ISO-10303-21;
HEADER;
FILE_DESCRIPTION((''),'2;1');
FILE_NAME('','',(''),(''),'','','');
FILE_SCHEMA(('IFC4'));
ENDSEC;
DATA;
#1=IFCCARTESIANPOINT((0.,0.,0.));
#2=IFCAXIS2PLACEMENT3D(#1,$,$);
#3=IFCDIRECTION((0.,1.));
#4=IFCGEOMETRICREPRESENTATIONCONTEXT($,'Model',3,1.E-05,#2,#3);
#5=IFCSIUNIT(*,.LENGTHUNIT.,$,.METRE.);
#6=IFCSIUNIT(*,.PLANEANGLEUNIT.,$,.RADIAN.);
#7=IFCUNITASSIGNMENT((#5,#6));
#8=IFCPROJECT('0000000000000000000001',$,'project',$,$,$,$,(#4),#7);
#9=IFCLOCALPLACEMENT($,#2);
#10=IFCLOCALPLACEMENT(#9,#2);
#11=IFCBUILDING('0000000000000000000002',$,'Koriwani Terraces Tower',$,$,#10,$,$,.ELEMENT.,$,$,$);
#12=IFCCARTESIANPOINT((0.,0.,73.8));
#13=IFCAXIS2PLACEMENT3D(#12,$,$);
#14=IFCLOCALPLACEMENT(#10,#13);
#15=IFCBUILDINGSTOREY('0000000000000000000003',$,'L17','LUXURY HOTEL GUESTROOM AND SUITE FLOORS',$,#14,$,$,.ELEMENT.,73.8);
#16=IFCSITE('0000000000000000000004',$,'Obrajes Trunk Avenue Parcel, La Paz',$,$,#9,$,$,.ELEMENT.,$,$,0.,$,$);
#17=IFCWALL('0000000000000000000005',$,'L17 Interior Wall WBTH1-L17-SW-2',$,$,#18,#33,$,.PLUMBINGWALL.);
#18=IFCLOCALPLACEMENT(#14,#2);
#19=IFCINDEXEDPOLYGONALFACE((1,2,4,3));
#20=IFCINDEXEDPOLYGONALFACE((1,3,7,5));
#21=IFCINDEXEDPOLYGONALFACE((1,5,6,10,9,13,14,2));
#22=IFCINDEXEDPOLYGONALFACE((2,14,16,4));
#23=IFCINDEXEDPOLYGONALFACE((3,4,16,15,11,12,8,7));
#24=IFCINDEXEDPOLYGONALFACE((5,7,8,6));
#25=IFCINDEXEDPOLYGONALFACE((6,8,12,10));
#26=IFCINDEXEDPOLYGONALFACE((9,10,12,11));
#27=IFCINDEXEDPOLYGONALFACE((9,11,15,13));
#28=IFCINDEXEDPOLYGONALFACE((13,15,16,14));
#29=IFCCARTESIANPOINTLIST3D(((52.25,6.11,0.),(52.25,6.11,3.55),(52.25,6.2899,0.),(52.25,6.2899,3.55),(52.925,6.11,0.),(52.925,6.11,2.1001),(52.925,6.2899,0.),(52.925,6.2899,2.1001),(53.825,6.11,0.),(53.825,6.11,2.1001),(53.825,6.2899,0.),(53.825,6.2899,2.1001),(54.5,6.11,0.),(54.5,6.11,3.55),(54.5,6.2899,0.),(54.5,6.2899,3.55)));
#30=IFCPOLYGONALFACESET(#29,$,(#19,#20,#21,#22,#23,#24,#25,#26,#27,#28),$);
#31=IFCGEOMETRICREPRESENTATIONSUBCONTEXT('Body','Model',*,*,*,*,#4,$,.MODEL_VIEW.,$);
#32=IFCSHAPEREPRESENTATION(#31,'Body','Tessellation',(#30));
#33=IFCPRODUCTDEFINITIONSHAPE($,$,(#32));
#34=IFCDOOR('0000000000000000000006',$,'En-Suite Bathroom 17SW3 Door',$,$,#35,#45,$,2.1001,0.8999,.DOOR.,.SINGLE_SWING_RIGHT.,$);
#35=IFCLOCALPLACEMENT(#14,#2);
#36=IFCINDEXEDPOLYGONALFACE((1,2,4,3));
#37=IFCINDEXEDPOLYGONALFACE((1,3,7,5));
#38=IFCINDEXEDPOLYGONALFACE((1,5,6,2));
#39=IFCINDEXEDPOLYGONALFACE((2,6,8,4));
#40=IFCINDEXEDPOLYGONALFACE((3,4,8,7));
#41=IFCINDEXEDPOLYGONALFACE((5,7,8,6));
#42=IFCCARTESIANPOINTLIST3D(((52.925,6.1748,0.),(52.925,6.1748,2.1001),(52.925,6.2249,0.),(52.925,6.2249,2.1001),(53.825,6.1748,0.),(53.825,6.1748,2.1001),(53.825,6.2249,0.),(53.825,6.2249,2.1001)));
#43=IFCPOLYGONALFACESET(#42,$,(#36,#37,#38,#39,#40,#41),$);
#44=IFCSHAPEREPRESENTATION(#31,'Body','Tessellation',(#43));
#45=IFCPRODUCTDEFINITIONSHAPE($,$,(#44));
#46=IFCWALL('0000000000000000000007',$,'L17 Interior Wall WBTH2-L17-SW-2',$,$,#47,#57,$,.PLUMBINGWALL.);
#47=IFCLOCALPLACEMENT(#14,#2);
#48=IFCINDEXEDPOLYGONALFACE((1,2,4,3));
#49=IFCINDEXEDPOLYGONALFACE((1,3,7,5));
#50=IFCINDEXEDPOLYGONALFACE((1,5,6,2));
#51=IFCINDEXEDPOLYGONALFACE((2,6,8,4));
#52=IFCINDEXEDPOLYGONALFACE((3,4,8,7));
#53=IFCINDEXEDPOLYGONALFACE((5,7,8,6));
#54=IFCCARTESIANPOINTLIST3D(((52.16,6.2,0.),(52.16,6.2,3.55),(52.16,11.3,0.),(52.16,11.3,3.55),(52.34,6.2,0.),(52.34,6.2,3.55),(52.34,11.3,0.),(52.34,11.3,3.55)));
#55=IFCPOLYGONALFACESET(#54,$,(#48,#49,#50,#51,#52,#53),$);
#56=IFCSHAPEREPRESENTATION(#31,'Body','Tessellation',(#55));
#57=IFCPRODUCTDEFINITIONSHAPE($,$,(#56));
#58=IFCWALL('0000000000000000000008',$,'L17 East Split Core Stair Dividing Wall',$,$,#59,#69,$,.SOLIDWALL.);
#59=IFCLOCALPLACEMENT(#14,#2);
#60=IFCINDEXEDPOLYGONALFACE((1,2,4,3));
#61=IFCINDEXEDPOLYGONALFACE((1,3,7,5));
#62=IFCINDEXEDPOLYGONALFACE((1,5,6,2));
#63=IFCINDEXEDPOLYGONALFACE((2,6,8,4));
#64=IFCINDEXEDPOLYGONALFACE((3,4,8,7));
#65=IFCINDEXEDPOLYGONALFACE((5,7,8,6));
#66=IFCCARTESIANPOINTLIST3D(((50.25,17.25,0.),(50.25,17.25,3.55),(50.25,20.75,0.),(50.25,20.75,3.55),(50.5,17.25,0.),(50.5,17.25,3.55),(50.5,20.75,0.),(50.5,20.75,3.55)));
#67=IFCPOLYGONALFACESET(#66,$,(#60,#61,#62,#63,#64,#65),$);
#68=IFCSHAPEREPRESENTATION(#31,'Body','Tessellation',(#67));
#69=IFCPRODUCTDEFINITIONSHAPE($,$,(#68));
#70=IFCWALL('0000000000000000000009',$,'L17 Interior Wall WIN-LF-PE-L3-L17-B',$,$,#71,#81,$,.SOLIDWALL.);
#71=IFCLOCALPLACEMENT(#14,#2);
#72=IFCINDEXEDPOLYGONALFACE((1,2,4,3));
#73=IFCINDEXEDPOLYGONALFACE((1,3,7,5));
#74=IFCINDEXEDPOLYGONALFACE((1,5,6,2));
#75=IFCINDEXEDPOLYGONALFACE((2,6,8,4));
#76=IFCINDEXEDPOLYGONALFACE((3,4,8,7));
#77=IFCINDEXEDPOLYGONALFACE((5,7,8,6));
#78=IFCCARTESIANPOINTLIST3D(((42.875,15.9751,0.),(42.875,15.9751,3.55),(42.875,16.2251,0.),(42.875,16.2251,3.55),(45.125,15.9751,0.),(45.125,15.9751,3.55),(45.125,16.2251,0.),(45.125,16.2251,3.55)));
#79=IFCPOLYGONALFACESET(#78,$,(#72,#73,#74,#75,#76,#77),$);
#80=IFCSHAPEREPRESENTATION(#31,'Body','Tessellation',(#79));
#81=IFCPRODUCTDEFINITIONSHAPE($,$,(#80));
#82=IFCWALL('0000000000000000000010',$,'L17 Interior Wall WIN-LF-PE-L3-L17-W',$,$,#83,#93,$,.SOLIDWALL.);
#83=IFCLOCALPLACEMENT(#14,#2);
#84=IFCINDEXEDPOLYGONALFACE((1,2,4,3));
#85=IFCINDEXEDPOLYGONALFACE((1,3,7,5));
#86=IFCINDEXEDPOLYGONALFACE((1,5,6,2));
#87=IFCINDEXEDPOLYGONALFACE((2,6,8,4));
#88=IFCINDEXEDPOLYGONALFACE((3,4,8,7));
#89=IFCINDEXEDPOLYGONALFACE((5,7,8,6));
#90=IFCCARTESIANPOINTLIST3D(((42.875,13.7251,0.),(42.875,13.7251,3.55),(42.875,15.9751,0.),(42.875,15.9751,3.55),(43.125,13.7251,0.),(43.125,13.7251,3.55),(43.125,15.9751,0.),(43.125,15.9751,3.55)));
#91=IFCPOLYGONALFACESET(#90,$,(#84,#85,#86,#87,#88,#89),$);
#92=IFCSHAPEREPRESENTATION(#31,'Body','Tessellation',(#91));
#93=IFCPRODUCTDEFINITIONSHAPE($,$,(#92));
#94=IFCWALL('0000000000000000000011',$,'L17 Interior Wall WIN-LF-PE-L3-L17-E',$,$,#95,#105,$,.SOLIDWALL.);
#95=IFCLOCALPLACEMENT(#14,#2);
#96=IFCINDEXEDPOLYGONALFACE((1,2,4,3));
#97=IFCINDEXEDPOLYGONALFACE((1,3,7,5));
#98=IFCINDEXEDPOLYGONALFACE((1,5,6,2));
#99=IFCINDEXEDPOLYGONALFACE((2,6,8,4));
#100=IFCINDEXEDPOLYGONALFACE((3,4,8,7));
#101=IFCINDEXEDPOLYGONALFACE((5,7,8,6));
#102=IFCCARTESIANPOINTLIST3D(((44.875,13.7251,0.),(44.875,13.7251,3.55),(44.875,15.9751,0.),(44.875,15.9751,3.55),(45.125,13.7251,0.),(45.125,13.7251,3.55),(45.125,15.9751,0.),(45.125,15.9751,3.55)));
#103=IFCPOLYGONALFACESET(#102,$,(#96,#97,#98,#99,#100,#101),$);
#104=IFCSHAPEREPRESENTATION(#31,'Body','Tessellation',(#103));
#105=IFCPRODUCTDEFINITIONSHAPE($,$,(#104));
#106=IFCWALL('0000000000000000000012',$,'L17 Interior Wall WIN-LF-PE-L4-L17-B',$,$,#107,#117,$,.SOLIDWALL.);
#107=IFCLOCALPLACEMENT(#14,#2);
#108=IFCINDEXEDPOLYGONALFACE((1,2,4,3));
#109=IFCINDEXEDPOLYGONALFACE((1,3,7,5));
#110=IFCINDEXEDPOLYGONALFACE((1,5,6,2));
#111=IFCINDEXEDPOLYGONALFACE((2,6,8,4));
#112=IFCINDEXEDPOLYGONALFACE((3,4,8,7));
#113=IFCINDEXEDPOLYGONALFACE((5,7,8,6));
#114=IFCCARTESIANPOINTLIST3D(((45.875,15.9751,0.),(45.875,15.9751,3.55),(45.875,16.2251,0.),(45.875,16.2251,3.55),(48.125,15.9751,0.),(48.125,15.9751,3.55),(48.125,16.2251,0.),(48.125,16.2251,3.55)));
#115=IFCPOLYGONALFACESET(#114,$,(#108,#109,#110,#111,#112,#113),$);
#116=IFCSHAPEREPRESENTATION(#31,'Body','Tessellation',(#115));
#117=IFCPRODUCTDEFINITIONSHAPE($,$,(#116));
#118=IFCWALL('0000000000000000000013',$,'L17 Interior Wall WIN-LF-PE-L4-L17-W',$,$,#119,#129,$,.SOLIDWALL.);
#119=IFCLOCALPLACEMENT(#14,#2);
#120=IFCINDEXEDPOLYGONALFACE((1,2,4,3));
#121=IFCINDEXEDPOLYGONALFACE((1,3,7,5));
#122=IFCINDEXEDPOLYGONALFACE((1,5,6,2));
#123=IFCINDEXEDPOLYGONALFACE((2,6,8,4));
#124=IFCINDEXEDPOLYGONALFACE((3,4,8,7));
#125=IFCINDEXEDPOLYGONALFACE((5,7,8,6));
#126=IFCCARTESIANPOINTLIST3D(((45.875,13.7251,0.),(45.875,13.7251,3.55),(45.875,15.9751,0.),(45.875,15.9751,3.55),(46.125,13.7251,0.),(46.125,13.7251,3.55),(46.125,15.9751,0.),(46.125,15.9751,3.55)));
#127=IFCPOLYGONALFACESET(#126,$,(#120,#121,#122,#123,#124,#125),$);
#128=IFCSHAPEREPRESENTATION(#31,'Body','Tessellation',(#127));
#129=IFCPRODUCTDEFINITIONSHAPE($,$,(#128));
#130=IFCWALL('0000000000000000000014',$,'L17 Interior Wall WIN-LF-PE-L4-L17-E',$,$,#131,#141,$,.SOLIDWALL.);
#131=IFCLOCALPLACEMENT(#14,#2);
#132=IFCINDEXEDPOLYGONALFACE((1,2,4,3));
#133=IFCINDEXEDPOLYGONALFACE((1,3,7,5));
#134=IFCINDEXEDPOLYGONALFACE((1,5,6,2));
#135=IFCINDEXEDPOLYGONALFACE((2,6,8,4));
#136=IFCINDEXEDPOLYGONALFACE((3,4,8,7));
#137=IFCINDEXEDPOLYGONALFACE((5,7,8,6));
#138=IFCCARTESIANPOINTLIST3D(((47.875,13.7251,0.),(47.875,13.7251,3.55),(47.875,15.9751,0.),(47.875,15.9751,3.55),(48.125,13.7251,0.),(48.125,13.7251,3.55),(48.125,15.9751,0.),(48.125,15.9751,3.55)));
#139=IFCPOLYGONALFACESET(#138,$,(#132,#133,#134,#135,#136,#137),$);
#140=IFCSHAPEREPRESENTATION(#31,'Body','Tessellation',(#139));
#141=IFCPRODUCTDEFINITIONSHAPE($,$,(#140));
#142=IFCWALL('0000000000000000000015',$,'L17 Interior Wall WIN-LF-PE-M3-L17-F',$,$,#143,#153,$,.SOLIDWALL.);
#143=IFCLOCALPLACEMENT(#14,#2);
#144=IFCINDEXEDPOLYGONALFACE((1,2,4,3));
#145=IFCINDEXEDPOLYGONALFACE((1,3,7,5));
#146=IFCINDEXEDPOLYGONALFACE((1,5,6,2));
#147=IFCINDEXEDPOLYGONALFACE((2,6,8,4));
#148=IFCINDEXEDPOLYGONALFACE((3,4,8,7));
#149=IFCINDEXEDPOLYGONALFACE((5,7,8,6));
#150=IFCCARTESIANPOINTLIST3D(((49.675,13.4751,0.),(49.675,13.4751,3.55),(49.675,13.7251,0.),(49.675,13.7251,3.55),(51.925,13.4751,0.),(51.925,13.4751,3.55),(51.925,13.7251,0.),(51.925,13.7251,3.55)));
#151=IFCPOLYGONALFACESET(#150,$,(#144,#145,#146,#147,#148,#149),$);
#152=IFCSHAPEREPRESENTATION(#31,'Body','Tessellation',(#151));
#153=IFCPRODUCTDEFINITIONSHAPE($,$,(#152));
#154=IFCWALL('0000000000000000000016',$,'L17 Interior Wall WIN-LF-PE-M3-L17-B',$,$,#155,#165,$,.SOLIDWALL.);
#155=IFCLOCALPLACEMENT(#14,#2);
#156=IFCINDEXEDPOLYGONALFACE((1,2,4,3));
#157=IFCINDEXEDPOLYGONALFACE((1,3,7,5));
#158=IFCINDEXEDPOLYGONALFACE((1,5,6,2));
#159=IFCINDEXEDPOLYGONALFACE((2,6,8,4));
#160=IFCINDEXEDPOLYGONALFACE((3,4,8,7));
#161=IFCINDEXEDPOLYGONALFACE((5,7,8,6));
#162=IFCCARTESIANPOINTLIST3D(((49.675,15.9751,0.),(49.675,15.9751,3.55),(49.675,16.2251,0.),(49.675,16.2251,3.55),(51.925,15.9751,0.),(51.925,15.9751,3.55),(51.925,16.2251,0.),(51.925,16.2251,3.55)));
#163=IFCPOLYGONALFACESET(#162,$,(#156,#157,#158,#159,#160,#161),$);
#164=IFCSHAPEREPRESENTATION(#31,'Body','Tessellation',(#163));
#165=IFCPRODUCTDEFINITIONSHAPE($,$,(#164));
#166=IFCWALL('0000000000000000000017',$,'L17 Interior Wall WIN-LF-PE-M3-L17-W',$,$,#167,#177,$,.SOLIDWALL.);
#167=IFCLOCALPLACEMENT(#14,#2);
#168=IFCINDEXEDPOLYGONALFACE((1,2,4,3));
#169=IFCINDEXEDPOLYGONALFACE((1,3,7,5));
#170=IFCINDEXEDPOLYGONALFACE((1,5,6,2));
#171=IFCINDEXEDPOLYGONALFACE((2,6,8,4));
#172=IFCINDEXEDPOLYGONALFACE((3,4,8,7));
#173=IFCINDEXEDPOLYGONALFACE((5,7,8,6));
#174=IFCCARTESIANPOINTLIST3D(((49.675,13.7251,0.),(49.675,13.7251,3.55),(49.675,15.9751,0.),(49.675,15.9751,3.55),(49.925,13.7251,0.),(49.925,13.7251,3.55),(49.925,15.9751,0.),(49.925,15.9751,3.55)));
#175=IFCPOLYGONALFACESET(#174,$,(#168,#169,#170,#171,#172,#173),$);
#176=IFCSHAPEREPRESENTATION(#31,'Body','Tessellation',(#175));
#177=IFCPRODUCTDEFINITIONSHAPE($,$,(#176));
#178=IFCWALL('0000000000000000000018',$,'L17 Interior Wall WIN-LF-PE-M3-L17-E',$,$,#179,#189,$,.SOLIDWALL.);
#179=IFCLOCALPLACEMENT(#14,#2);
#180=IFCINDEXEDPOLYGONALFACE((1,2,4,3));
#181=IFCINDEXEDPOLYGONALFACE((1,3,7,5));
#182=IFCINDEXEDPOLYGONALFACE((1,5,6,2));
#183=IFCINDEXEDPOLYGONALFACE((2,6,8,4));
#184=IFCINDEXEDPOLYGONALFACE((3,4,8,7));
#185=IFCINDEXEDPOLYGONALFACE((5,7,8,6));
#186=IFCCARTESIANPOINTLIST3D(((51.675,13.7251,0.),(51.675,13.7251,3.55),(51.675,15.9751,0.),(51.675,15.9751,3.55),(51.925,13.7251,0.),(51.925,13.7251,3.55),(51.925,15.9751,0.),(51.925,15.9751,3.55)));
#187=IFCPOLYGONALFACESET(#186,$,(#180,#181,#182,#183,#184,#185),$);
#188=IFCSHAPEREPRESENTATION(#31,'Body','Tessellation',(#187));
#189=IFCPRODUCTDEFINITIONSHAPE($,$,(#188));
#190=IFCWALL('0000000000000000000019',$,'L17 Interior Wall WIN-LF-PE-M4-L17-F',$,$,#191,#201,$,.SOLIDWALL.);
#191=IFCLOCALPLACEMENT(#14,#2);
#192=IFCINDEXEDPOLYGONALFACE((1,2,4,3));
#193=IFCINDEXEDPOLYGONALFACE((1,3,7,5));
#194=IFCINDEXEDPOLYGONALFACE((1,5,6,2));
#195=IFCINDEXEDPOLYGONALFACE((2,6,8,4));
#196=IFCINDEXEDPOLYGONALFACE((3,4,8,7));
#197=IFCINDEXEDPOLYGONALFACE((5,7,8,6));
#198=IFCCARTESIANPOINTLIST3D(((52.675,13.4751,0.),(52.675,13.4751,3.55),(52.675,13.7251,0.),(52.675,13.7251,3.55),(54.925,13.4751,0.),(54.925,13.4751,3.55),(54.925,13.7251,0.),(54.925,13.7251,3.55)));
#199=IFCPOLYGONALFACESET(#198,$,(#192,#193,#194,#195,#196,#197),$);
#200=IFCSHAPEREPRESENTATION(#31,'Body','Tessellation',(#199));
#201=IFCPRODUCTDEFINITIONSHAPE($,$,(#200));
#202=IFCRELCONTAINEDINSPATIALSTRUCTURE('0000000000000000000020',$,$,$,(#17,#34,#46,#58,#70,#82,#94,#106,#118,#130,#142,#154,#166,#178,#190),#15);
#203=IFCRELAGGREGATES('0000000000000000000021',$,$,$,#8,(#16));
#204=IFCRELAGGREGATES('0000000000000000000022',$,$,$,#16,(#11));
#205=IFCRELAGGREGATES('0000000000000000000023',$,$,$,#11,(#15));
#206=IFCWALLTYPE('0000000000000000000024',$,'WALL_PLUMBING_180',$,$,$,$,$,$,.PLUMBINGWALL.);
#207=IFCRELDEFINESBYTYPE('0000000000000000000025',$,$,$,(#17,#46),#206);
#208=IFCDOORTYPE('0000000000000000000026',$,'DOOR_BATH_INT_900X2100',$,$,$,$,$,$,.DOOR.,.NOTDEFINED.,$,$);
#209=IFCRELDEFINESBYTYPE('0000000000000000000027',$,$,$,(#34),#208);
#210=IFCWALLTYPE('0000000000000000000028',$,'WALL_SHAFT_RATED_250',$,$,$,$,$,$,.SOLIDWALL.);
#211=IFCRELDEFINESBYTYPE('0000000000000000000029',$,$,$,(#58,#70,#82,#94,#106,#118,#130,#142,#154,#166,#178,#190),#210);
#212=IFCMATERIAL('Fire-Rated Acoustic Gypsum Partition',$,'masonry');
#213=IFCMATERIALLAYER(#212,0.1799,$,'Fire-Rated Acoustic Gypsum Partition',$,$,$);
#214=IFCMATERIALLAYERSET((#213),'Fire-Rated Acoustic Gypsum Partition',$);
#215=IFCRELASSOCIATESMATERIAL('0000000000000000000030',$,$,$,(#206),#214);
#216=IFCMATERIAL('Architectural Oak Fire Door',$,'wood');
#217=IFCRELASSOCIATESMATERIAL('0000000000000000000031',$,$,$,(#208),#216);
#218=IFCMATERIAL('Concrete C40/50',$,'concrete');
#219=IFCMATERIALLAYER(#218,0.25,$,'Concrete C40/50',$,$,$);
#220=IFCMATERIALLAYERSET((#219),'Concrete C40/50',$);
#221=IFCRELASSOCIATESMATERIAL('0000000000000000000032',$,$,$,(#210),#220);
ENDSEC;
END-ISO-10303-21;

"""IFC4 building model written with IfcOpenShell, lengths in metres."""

from ifc_helpers import new_model, si_unit, direction, frame, frame_2d, origin, place, context, subcontext, project, spatial, rectangle, extrude, material, layer, layer_set, type_object, element, fill, save


model = new_model("IFC4")

# Units and contexts
model_context = context("Model", 3, precision=1e-05, world=origin(), true_north=direction((0.0, 1.0)))
body_context = subcontext(model_context, "Body", "Model", "MODEL_VIEW")
ifc_project = project(units=[si_unit("LENGTHUNIT", "METRE"), si_unit("PLANEANGLEUNIT", "RADIAN")], contexts=[model_context])

# Site, building, storey
site_placement = place(None, origin())
site = spatial("IfcSite", under=ifc_project, at=site_placement, Name="Obrajes Trunk Avenue Parcel, La Paz", CompositionType="ELEMENT", RefElevation=0.0)
building_placement = place(site_placement, origin())
building = spatial("IfcBuilding", under=site, at=building_placement, Name="Koriwani Terraces Tower", CompositionType="ELEMENT")
storey_placement = place(building_placement, frame((0.0, 0.0, 73.8)))
storey = spatial("IfcBuildingStorey", under=building, at=storey_placement, Name="L17", Description="LUXURY HOTEL GUESTROOM AND SUITE FLOORS", CompositionType="ELEMENT", Elevation=73.8)

# Shared definitions
ifc_material_1 = material(Name="Concrete C40/50", Category="concrete")

# Wall, opening, door
ifc_material_2 = material(Name="Fire-Rated Acoustic Gypsum Partition", Category="masonry")
ifc_layer_1 = layer(ifc_material_2, 0.1799, Name="Fire-Rated Acoustic Gypsum Partition")
ifc_layer_set_1 = layer_set([ifc_layer_1], Name="Fire-Rated Acoustic Gypsum Partition")
wall_type_1 = type_object("IfcWallType", Name="WALL_PLUMBING_180", PredefinedType="PLUMBINGWALL", material=ifc_layer_set_1)
wall_1_placement = place(storey_placement, frame((52.25, 6.2, 0.0), z_axis=(0.0, 0.0, 1.0), x_axis=(1.0, 0.0, 0.0)))
wall_1 = element("IfcWall", 1, at=wall_1_placement, inside=storey, type_object=wall_type_1, Name="L17 Interior Wall WBTH1-L17-SW-2", PredefinedType="PLUMBINGWALL", context=body_context, shape_type="SweptSolid", body=[
    extrude(rectangle(XDim=2.25, YDim=0.1799, at=frame_2d((1.125, 0.0))), origin(), (0.0, 0.0, 1.0), 3.55),
])
opening_1_placement = place(wall_1_placement, frame((0.675, 0.0, 0.0)))
opening_1 = element("IfcOpeningElement", 2, at=opening_1_placement, cuts=wall_1, PredefinedType="OPENING", context=body_context, shape_type="SweptSolid", body=[
    extrude(rectangle(XDim=0.8999, YDim=2.1001, at=frame_2d((0.45, 1.05))), frame((0.0, 0.1001, 0.0), z_axis=(0.0, -1.0, 0.0), x_axis=(1.0, 0.0, 0.0)), (0.0, 0.0, 1.0), 0.2),
])
ifc_material_3 = material(Name="Architectural Oak Fire Door", Category="wood")
door_type_1 = type_object("IfcDoorType", Name="DOOR_BATH_INT_900X2100", OperationType="NOTDEFINED", PredefinedType="DOOR", material=ifc_material_3)
door_1_placement = place(opening_1_placement, origin())
door_1 = element("IfcDoor", 3, at=door_1_placement, inside=storey, type_object=door_type_1, Name="En-Suite Bathroom 17SW3 Door", OperationType="SINGLE_SWING_RIGHT", OverallHeight=2.1001, OverallWidth=0.8999, PredefinedType="DOOR", context=body_context, shape_type="SweptSolid", body=[
    extrude(rectangle(XDim=0.8999, YDim=2.1001, at=frame_2d((0.45, 1.05))), frame((0.0, 0.0249, 0.0), z_axis=(0.0, -1.0, 0.0), x_axis=(1.0, 0.0, 0.0)), (0.0, 0.0, 1.0), 0.05),
])
fill(opening_1, door_1)

# Walls
wall_2_placement = place(storey_placement, frame((52.25, 6.2, 0.0), z_axis=(0.0, 0.0, 1.0), x_axis=(0.0, 1.0, 0.0)))
element("IfcWall", 4, at=wall_2_placement, inside=storey, type_object=wall_type_1, Name="L17 Interior Wall WBTH2-L17-SW-2", PredefinedType="PLUMBINGWALL", context=body_context, shape_type="SweptSolid", body=[
    extrude(rectangle(XDim=5.1001, YDim=0.1799, at=frame_2d((2.55, 0.0))), origin(), (0.0, 0.0, 1.0), 3.55),
])
ifc_layer_2 = layer(ifc_material_1, 0.25, Name="Concrete C40/50")
ifc_layer_set_2 = layer_set([ifc_layer_2], Name="Concrete C40/50")
wall_type_2 = type_object("IfcWallType", Name="WALL_SHAFT_RATED_250", PredefinedType="SOLIDWALL", material=ifc_layer_set_2)
wall_3_placement = place(storey_placement, frame((50.375, 17.25, 0.0), z_axis=(0.0, 0.0, 1.0), x_axis=(0.0, 1.0, 0.0)))
element("IfcWall", 5, at=wall_3_placement, inside=storey, type_object=wall_type_2, Name="L17 East Split Core Stair Dividing Wall", PredefinedType="SOLIDWALL", context=body_context, shape_type="SweptSolid", body=[
    extrude(rectangle(XDim=3.5, YDim=0.25, at=frame_2d((1.75, 0.0))), origin(), (0.0, 0.0, 1.0), 3.55),
])

# Walls
for number, where, z_axis, x_axis, name in (
    (6, (42.875, 16.1001, 0.0), (0.0, 0.0, 1.0), (1.0, 0.0, 0.0), "L17 Interior Wall WIN-LF-PE-L3-L17-B"),
    (7, (43.0, 13.7251, 0.0), (0.0, 0.0, 1.0), (0.0, 1.0, 0.0), "L17 Interior Wall WIN-LF-PE-L3-L17-W"),
    (8, (45.0, 13.7251, 0.0), (0.0, 0.0, 1.0), (0.0, 1.0, 0.0), "L17 Interior Wall WIN-LF-PE-L3-L17-E"),
):
    element("IfcWall", number, at=place(storey_placement, frame(where, z_axis=z_axis, x_axis=x_axis)), inside=storey, type_object=wall_type_2, Name=name, PredefinedType="SOLIDWALL", context=body_context, shape_type="SweptSolid", body=[
        extrude(rectangle(XDim=2.25, YDim=0.25, at=frame_2d((1.125, 0.0))), origin(), (0.0, 0.0, 1.0), 3.55),
    ])

# Walls
for number, where, z_axis, x_axis, name in (
    (9, (45.875, 16.1001, 0.0), (0.0, 0.0, 1.0), (1.0, 0.0, 0.0), "L17 Interior Wall WIN-LF-PE-L4-L17-B"),
    (10, (46.0, 13.7251, 0.0), (0.0, 0.0, 1.0), (0.0, 1.0, 0.0), "L17 Interior Wall WIN-LF-PE-L4-L17-W"),
    (11, (48.0, 13.7251, 0.0), (0.0, 0.0, 1.0), (0.0, 1.0, 0.0), "L17 Interior Wall WIN-LF-PE-L4-L17-E"),
    (12, (49.675, 13.6001, 0.0), (0.0, 0.0, 1.0), (1.0, 0.0, 0.0), "L17 Interior Wall WIN-LF-PE-M3-L17-F"),
    (13, (49.675, 16.1001, 0.0), (0.0, 0.0, 1.0), (1.0, 0.0, 0.0), "L17 Interior Wall WIN-LF-PE-M3-L17-B"),
    (14, (49.8, 13.7251, 0.0), (0.0, 0.0, 1.0), (0.0, 1.0, 0.0), "L17 Interior Wall WIN-LF-PE-M3-L17-W"),
    (15, (51.8, 13.7251, 0.0), (0.0, 0.0, 1.0), (0.0, 1.0, 0.0), "L17 Interior Wall WIN-LF-PE-M3-L17-E"),
    (16, (52.675, 13.6001, 0.0), (0.0, 0.0, 1.0), (1.0, 0.0, 0.0), "L17 Interior Wall WIN-LF-PE-M4-L17-F"),
):
    element("IfcWall", number, at=place(storey_placement, frame(where, z_axis=z_axis, x_axis=x_axis)), inside=storey, type_object=wall_type_2, Name=name, PredefinedType="SOLIDWALL", context=body_context, shape_type="SweptSolid", body=[
        extrude(rectangle(XDim=2.25, YDim=0.25, at=frame_2d((1.125, 0.0))), origin(), (0.0, 0.0, 1.0), 3.55),
    ])

save(model, "model.ifc")
